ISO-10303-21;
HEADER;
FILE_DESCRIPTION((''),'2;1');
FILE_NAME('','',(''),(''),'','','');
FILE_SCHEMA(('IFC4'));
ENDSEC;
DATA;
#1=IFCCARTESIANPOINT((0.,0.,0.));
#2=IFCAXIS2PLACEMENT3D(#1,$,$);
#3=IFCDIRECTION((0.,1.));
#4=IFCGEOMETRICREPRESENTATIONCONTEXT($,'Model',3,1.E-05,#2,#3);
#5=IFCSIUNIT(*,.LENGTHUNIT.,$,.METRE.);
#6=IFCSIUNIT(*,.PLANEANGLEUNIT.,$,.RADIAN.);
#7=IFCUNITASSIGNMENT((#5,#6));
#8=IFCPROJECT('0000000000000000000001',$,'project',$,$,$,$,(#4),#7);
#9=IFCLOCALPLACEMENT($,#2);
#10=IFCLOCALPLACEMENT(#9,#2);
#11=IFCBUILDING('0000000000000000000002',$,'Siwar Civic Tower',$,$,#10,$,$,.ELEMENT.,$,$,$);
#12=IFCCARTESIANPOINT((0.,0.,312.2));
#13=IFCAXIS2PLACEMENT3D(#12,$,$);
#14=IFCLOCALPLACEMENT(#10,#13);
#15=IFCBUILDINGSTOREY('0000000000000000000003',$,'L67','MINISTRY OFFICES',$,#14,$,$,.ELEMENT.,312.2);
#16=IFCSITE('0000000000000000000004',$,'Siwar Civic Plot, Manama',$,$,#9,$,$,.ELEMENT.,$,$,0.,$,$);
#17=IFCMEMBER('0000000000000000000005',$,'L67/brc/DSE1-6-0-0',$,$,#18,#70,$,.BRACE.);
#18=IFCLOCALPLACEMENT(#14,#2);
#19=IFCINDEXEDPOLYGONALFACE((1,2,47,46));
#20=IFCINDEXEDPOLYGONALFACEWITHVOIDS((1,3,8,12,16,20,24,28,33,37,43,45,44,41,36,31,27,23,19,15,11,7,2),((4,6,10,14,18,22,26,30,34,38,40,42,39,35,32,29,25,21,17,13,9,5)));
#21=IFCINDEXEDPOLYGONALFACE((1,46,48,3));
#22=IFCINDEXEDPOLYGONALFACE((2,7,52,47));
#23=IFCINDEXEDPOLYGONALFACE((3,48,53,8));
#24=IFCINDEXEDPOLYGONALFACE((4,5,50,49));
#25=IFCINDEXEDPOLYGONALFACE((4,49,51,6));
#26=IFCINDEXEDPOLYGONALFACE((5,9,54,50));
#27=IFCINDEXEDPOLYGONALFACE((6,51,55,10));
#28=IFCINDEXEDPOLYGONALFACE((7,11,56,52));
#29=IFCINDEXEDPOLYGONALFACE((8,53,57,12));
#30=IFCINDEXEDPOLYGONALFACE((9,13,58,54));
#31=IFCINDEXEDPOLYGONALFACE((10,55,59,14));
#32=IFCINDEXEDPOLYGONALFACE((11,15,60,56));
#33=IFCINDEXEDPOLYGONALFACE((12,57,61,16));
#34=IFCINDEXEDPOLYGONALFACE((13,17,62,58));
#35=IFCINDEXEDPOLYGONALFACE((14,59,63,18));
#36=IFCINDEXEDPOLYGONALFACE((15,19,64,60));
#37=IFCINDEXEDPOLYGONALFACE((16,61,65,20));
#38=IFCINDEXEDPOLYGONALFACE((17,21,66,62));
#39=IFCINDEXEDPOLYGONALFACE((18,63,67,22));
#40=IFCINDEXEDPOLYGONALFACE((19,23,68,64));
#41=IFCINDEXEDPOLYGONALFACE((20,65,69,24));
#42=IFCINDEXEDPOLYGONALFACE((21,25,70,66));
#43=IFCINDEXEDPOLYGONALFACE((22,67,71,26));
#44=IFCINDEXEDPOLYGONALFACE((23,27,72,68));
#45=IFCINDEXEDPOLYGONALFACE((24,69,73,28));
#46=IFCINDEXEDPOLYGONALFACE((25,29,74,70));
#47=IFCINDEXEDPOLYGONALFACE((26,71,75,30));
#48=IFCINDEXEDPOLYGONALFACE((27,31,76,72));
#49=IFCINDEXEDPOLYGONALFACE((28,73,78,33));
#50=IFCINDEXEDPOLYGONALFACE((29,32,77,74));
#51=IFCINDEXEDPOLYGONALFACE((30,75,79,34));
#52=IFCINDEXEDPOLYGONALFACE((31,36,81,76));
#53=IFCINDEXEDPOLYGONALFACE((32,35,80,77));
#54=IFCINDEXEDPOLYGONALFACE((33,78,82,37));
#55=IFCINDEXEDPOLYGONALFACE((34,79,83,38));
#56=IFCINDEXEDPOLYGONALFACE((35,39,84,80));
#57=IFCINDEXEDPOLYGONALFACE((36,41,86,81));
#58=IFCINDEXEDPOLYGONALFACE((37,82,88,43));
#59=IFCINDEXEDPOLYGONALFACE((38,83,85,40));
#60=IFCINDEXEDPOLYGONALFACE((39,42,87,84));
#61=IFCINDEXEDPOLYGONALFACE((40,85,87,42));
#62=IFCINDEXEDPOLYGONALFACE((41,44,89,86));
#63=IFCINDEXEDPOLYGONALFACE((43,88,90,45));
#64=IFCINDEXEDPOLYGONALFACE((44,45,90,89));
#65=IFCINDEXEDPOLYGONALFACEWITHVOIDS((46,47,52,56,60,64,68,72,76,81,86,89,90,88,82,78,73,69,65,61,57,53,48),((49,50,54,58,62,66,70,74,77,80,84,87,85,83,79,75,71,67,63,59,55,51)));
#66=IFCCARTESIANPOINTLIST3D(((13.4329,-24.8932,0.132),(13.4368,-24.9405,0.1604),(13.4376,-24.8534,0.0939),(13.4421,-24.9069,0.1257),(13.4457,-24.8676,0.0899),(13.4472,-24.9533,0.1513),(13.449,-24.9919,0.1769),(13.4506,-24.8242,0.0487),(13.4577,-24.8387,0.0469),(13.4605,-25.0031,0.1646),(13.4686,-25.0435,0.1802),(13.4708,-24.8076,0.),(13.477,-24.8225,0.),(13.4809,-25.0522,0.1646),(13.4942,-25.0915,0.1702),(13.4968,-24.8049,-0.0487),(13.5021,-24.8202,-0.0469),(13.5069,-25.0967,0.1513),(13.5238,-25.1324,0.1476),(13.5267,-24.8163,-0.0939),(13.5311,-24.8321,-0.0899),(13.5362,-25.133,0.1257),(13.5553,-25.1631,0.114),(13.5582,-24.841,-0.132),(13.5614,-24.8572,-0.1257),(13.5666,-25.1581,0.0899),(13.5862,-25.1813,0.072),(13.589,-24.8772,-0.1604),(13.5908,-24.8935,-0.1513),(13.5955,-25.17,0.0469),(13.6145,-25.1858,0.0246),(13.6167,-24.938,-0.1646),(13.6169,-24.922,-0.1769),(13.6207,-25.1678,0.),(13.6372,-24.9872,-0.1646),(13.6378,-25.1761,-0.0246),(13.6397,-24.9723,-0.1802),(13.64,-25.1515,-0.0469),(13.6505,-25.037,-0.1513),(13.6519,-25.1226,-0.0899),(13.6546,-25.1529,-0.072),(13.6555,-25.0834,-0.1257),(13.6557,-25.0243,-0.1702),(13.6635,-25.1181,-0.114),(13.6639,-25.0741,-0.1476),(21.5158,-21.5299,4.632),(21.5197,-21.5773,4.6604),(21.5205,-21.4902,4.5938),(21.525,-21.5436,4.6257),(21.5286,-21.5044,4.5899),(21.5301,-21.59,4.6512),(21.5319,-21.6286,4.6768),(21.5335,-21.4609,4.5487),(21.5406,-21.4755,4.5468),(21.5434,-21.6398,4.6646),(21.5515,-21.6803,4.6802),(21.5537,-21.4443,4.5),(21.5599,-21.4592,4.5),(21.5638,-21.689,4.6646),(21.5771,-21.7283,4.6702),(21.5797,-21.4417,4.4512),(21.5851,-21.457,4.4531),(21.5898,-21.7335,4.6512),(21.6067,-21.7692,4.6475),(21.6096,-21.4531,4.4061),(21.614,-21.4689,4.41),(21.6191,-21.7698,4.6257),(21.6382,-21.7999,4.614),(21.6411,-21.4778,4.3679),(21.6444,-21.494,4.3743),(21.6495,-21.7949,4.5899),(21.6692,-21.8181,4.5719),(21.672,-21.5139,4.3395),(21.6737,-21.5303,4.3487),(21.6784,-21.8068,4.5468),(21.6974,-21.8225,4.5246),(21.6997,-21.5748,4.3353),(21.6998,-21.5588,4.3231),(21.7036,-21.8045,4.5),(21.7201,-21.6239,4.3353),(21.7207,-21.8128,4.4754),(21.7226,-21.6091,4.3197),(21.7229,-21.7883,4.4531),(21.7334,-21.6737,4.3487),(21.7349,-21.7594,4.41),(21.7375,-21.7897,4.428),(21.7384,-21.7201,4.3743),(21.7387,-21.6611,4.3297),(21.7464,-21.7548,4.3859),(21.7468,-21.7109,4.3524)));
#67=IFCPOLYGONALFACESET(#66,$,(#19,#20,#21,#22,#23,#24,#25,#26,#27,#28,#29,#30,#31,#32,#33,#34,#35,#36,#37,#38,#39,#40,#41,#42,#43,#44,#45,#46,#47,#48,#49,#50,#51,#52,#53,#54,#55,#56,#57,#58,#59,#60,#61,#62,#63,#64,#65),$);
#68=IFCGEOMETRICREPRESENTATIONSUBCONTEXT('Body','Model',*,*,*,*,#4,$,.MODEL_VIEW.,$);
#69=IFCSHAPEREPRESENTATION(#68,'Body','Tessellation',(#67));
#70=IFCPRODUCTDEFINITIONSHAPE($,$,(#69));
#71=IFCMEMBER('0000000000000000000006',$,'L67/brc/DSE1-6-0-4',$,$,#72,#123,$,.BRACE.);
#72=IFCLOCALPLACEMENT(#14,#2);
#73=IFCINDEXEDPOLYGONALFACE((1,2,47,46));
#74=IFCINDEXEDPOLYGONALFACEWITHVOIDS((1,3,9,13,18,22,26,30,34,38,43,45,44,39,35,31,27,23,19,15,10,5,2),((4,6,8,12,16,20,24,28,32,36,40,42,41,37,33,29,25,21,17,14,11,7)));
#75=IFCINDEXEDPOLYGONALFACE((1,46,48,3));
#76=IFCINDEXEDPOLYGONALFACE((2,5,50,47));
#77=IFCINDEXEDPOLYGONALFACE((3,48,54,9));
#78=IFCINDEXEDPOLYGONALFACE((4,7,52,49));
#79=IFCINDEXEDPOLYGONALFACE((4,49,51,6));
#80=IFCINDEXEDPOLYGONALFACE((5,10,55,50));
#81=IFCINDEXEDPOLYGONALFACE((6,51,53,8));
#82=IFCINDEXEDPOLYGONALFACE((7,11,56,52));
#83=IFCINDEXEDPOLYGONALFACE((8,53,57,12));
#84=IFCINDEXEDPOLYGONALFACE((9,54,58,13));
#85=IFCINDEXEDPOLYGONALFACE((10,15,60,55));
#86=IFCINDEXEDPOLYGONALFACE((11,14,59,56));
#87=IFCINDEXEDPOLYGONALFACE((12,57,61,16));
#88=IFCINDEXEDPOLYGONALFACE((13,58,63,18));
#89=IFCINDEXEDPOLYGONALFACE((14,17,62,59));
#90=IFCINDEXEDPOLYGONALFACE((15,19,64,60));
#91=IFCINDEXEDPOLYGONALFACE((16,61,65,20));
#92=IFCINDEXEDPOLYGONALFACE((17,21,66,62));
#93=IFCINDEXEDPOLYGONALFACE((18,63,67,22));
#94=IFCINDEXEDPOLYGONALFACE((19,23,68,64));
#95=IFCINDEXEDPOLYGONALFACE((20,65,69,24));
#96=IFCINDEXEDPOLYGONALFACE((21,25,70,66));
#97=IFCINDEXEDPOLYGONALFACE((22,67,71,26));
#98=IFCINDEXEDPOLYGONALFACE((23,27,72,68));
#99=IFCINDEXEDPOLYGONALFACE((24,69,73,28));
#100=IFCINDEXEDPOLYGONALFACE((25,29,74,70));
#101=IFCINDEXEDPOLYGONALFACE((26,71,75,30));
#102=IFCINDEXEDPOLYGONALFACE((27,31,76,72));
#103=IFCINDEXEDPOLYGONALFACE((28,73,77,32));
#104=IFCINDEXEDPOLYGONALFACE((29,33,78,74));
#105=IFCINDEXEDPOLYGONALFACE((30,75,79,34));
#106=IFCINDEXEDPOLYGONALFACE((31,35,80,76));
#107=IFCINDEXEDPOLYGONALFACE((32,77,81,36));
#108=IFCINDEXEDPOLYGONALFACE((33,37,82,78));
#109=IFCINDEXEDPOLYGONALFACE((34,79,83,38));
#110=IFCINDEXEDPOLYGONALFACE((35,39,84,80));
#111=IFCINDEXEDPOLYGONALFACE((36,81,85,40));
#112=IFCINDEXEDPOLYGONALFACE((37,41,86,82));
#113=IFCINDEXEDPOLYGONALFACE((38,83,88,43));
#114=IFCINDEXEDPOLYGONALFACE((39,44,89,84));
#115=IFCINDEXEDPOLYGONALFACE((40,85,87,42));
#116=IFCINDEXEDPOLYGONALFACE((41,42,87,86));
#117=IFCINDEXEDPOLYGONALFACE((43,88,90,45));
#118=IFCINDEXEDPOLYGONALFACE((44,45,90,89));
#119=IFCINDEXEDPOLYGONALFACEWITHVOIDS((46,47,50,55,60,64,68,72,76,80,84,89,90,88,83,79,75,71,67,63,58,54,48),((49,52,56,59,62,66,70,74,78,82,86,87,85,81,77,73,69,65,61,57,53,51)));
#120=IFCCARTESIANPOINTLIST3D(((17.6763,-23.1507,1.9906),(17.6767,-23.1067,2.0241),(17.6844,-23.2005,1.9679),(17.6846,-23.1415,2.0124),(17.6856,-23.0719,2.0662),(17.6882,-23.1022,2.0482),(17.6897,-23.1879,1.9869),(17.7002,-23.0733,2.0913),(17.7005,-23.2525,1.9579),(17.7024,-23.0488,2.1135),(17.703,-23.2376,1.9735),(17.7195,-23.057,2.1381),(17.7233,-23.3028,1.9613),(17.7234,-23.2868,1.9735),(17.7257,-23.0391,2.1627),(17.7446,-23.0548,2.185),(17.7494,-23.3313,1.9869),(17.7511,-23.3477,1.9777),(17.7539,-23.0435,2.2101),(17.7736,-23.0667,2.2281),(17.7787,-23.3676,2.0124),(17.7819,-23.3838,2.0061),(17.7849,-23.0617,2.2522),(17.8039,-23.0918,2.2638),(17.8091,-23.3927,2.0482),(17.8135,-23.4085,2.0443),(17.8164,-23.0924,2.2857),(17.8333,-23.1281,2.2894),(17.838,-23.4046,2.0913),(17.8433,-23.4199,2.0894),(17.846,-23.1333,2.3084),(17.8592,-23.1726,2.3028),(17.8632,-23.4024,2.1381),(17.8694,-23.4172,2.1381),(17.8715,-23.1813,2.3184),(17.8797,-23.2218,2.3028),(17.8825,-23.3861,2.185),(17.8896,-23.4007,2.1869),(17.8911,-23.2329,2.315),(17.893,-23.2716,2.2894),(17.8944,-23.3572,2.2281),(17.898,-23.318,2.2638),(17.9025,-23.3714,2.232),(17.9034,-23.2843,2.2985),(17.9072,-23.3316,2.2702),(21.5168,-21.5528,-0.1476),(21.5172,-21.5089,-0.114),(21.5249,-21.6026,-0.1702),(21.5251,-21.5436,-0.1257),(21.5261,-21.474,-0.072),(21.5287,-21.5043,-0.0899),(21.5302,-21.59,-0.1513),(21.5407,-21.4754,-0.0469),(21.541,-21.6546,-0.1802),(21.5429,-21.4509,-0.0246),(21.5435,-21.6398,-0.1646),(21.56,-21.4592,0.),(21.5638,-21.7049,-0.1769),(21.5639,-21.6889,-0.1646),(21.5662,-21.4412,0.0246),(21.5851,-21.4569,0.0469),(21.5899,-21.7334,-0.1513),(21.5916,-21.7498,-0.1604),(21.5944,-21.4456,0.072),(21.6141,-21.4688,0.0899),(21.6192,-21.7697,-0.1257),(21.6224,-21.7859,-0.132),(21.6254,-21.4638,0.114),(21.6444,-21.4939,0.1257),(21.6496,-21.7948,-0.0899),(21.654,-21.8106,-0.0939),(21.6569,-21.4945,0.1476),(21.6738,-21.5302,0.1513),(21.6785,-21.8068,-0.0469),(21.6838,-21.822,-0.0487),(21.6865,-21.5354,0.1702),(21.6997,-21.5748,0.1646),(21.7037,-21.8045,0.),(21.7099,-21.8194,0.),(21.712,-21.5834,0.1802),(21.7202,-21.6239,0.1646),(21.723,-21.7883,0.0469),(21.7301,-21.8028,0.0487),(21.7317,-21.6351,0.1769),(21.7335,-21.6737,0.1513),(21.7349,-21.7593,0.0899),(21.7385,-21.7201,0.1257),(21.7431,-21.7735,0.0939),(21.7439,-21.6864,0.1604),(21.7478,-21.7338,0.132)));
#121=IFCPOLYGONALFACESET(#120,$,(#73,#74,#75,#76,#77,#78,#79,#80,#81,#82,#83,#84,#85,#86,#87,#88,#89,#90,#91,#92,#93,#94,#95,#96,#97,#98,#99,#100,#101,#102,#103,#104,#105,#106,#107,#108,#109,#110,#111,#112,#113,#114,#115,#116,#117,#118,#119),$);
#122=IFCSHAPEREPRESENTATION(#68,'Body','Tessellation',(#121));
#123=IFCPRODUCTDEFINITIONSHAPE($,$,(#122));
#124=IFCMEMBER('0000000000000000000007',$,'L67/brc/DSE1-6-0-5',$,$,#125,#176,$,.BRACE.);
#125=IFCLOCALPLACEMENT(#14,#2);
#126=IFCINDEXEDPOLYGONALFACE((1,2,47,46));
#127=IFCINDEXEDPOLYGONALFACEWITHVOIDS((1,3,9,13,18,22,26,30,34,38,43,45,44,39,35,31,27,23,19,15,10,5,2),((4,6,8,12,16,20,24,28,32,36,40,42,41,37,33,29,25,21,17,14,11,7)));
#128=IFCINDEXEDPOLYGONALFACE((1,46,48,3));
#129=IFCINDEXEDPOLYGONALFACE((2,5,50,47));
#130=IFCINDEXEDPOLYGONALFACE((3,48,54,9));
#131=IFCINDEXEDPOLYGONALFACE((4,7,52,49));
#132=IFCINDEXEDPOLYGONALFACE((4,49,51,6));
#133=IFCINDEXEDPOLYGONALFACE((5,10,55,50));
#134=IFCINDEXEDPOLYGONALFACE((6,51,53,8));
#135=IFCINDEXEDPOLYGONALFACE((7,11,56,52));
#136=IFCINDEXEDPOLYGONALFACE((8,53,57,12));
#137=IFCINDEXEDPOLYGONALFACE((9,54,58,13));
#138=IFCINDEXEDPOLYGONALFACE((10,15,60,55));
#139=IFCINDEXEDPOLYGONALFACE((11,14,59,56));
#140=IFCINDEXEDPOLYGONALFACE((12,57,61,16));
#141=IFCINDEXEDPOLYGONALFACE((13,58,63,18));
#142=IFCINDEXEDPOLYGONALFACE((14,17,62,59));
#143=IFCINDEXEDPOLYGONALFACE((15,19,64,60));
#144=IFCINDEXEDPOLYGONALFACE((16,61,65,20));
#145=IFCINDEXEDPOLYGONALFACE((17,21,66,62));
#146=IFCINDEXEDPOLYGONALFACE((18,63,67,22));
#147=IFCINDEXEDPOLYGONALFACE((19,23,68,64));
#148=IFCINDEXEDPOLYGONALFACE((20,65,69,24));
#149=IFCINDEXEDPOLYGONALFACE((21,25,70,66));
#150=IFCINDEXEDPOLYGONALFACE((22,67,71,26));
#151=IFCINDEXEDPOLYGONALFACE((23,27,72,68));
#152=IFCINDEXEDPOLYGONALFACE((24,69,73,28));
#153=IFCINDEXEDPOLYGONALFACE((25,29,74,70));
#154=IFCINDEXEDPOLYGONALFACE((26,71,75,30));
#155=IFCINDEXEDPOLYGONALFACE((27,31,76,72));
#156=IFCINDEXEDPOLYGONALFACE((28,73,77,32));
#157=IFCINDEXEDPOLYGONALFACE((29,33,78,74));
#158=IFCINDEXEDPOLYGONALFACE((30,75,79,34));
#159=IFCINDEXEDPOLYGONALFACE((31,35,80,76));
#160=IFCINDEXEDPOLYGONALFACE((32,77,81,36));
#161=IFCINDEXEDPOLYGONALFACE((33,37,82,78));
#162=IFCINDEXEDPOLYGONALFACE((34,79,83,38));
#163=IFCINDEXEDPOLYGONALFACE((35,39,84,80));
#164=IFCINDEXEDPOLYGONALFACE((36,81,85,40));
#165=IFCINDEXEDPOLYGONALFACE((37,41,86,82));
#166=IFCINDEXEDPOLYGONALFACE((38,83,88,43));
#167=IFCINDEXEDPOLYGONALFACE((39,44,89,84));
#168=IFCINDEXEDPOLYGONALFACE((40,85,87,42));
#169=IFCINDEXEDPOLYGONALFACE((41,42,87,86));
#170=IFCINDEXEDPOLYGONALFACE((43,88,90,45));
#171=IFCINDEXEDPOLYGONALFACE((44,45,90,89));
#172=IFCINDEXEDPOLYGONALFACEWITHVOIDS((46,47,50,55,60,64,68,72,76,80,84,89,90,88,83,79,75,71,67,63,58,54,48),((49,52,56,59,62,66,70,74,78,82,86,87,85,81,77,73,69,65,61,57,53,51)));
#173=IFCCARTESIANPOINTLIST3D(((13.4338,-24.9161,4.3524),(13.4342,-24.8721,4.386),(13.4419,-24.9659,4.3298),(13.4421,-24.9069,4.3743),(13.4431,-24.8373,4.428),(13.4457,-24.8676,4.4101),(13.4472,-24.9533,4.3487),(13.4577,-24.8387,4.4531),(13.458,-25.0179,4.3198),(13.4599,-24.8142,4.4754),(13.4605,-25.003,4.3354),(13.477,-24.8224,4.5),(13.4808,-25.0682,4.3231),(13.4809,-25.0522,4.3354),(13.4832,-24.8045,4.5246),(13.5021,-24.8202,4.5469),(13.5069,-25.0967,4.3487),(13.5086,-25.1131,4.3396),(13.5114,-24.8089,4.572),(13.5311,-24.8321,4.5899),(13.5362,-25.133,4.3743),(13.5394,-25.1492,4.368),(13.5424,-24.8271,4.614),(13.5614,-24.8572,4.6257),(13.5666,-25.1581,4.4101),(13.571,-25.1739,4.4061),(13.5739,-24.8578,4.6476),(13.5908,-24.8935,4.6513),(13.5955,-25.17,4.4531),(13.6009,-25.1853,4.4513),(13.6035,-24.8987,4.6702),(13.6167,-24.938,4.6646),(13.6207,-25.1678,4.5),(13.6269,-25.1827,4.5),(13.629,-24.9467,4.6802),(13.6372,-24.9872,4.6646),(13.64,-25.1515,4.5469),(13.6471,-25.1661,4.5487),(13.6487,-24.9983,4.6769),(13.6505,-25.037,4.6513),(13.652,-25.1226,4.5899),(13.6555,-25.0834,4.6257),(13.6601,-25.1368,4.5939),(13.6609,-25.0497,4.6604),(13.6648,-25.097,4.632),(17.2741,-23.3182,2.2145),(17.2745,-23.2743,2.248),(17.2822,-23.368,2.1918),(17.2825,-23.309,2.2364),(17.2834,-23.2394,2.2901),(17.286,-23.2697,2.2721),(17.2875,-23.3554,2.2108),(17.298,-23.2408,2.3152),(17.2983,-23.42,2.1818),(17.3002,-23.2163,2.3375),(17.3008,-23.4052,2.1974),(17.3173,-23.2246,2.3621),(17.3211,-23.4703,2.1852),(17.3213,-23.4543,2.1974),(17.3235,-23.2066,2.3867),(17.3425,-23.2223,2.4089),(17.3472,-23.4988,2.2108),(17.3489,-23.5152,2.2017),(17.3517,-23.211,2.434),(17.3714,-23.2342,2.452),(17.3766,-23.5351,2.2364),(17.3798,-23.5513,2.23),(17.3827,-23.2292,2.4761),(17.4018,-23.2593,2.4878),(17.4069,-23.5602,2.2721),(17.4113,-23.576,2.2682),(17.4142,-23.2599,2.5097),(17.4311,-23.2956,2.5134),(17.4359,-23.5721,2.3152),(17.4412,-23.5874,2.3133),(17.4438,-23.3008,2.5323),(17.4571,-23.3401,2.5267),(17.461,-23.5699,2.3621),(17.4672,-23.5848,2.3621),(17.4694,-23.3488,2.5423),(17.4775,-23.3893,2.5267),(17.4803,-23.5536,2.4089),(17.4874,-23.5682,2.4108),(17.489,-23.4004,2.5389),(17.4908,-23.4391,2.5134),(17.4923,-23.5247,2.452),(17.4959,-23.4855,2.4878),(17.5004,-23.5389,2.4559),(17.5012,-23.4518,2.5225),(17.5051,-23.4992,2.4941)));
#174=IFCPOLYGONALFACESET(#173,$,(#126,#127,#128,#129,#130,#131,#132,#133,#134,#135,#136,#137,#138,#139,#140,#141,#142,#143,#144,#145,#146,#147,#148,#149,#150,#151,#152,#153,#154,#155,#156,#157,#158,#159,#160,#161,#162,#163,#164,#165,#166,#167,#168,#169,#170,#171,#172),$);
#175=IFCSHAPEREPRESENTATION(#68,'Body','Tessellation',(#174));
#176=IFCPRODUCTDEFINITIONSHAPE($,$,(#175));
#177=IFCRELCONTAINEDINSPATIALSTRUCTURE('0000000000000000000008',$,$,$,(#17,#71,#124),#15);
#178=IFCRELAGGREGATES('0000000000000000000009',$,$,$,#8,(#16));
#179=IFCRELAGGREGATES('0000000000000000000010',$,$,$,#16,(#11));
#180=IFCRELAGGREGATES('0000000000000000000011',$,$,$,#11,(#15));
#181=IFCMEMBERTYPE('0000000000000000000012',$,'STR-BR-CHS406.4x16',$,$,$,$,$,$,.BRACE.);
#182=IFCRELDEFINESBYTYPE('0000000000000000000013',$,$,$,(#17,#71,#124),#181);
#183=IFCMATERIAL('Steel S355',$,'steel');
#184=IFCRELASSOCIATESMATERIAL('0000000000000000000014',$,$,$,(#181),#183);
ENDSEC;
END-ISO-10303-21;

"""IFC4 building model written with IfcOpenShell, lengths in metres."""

from ifc_helpers import new_model, si_unit, direction, frame, origin, origin_2d, place, context, subcontext, project, spatial, hollow_circle, extrude, material, material_profile, profile_set, type_object, element, save


model = new_model("IFC4")

# Units and contexts
model_context = context("Model", 3, precision=1e-05, world=origin(), true_north=direction((0.0, 1.0)))
body_context = subcontext(model_context, "Body", "Model", "MODEL_VIEW")
ifc_project = project(units=[si_unit("LENGTHUNIT", "METRE"), si_unit("PLANEANGLEUNIT", "RADIAN")], contexts=[model_context])

# Site, building, storey
site_placement = place(None, origin())
site = spatial("IfcSite", under=ifc_project, at=site_placement, Name="Siwar Civic Plot, Manama", CompositionType="ELEMENT", RefElevation=0.0)
building_placement = place(site_placement, origin())
building = spatial("IfcBuilding", under=site, at=building_placement, Name="Siwar Civic Tower", CompositionType="ELEMENT")
storey_placement = place(building_placement, frame((0.0, 0.0, 312.2)))
storey = spatial("IfcBuildingStorey", under=building, at=storey_placement, Name="L67", Description="MINISTRY OFFICES", CompositionType="ELEMENT", Elevation=312.2)

# Members
ifc_material_1 = material(Name="Steel S355", Category="steel")
ifc_material_profile_1 = material_profile(ifc_material_1, hollow_circle(Radius=0.2031, WallThickness=0.0161, at=origin_2d()), Name="CHS406.4x16")
ifc_profile_set_1 = profile_set([ifc_material_profile_1], Name="Steel S355")
member_type_1 = type_object("IfcMemberType", Name="STR-BR-CHS406.4x16", PredefinedType="BRACE", material=ifc_profile_set_1)
member_1_placement = place(storey_placement, frame((13.5488, -24.9951, 0.0), z_axis=(0.821143, 0.341671, 0.457149), x_axis=(-0.384164, 0.923265, 0.0)))
element("IfcMember", 1, at=member_1_placement, inside=storey, type_object=member_type_1, Name="L67/brc/DSE1-6-0-0", PredefinedType="BRACE", context=body_context, shape_type="SweptSolid", body=[
    extrude(hollow_circle(Radius=0.2031, WallThickness=0.0161, at=origin_2d()), origin(), (0.0, 0.0, 1.0), 9.8435),
])
member_2_placement = place(storey_placement, frame((21.6318, -21.6318, 0.0), z_axis=(-0.821147, -0.341644, 0.457161), x_axis=(0.384136, -0.923276, 0.0)))
element("IfcMember", 2, at=member_2_placement, inside=storey, type_object=member_type_1, Name="L67/brc/DSE1-6-0-4", PredefinedType="BRACE", context=body_context, shape_type="SweptSolid", body=[
    extrude(hollow_circle(Radius=0.2031, WallThickness=0.0161, at=origin_2d()), origin(), (0.0, 0.0, 1.0), 4.677),
])
member_3_placement = place(storey_placement, frame((17.3892, -23.3972, 2.3621), z_axis=(-0.82115, -0.341667, 0.45714), x_axis=(0.384157, -0.923268, 0.0)))
element("IfcMember", 3, at=member_3_placement, inside=storey, type_object=member_type_1, Name="L67/brc/DSE1-6-0-5", PredefinedType="BRACE", context=body_context, shape_type="SweptSolid", body=[
    extrude(hollow_circle(Radius=0.2031, WallThickness=0.0161, at=origin_2d()), origin(), (0.0, 0.0, 1.0), 4.6768),
])

save(model, "model.ifc")
